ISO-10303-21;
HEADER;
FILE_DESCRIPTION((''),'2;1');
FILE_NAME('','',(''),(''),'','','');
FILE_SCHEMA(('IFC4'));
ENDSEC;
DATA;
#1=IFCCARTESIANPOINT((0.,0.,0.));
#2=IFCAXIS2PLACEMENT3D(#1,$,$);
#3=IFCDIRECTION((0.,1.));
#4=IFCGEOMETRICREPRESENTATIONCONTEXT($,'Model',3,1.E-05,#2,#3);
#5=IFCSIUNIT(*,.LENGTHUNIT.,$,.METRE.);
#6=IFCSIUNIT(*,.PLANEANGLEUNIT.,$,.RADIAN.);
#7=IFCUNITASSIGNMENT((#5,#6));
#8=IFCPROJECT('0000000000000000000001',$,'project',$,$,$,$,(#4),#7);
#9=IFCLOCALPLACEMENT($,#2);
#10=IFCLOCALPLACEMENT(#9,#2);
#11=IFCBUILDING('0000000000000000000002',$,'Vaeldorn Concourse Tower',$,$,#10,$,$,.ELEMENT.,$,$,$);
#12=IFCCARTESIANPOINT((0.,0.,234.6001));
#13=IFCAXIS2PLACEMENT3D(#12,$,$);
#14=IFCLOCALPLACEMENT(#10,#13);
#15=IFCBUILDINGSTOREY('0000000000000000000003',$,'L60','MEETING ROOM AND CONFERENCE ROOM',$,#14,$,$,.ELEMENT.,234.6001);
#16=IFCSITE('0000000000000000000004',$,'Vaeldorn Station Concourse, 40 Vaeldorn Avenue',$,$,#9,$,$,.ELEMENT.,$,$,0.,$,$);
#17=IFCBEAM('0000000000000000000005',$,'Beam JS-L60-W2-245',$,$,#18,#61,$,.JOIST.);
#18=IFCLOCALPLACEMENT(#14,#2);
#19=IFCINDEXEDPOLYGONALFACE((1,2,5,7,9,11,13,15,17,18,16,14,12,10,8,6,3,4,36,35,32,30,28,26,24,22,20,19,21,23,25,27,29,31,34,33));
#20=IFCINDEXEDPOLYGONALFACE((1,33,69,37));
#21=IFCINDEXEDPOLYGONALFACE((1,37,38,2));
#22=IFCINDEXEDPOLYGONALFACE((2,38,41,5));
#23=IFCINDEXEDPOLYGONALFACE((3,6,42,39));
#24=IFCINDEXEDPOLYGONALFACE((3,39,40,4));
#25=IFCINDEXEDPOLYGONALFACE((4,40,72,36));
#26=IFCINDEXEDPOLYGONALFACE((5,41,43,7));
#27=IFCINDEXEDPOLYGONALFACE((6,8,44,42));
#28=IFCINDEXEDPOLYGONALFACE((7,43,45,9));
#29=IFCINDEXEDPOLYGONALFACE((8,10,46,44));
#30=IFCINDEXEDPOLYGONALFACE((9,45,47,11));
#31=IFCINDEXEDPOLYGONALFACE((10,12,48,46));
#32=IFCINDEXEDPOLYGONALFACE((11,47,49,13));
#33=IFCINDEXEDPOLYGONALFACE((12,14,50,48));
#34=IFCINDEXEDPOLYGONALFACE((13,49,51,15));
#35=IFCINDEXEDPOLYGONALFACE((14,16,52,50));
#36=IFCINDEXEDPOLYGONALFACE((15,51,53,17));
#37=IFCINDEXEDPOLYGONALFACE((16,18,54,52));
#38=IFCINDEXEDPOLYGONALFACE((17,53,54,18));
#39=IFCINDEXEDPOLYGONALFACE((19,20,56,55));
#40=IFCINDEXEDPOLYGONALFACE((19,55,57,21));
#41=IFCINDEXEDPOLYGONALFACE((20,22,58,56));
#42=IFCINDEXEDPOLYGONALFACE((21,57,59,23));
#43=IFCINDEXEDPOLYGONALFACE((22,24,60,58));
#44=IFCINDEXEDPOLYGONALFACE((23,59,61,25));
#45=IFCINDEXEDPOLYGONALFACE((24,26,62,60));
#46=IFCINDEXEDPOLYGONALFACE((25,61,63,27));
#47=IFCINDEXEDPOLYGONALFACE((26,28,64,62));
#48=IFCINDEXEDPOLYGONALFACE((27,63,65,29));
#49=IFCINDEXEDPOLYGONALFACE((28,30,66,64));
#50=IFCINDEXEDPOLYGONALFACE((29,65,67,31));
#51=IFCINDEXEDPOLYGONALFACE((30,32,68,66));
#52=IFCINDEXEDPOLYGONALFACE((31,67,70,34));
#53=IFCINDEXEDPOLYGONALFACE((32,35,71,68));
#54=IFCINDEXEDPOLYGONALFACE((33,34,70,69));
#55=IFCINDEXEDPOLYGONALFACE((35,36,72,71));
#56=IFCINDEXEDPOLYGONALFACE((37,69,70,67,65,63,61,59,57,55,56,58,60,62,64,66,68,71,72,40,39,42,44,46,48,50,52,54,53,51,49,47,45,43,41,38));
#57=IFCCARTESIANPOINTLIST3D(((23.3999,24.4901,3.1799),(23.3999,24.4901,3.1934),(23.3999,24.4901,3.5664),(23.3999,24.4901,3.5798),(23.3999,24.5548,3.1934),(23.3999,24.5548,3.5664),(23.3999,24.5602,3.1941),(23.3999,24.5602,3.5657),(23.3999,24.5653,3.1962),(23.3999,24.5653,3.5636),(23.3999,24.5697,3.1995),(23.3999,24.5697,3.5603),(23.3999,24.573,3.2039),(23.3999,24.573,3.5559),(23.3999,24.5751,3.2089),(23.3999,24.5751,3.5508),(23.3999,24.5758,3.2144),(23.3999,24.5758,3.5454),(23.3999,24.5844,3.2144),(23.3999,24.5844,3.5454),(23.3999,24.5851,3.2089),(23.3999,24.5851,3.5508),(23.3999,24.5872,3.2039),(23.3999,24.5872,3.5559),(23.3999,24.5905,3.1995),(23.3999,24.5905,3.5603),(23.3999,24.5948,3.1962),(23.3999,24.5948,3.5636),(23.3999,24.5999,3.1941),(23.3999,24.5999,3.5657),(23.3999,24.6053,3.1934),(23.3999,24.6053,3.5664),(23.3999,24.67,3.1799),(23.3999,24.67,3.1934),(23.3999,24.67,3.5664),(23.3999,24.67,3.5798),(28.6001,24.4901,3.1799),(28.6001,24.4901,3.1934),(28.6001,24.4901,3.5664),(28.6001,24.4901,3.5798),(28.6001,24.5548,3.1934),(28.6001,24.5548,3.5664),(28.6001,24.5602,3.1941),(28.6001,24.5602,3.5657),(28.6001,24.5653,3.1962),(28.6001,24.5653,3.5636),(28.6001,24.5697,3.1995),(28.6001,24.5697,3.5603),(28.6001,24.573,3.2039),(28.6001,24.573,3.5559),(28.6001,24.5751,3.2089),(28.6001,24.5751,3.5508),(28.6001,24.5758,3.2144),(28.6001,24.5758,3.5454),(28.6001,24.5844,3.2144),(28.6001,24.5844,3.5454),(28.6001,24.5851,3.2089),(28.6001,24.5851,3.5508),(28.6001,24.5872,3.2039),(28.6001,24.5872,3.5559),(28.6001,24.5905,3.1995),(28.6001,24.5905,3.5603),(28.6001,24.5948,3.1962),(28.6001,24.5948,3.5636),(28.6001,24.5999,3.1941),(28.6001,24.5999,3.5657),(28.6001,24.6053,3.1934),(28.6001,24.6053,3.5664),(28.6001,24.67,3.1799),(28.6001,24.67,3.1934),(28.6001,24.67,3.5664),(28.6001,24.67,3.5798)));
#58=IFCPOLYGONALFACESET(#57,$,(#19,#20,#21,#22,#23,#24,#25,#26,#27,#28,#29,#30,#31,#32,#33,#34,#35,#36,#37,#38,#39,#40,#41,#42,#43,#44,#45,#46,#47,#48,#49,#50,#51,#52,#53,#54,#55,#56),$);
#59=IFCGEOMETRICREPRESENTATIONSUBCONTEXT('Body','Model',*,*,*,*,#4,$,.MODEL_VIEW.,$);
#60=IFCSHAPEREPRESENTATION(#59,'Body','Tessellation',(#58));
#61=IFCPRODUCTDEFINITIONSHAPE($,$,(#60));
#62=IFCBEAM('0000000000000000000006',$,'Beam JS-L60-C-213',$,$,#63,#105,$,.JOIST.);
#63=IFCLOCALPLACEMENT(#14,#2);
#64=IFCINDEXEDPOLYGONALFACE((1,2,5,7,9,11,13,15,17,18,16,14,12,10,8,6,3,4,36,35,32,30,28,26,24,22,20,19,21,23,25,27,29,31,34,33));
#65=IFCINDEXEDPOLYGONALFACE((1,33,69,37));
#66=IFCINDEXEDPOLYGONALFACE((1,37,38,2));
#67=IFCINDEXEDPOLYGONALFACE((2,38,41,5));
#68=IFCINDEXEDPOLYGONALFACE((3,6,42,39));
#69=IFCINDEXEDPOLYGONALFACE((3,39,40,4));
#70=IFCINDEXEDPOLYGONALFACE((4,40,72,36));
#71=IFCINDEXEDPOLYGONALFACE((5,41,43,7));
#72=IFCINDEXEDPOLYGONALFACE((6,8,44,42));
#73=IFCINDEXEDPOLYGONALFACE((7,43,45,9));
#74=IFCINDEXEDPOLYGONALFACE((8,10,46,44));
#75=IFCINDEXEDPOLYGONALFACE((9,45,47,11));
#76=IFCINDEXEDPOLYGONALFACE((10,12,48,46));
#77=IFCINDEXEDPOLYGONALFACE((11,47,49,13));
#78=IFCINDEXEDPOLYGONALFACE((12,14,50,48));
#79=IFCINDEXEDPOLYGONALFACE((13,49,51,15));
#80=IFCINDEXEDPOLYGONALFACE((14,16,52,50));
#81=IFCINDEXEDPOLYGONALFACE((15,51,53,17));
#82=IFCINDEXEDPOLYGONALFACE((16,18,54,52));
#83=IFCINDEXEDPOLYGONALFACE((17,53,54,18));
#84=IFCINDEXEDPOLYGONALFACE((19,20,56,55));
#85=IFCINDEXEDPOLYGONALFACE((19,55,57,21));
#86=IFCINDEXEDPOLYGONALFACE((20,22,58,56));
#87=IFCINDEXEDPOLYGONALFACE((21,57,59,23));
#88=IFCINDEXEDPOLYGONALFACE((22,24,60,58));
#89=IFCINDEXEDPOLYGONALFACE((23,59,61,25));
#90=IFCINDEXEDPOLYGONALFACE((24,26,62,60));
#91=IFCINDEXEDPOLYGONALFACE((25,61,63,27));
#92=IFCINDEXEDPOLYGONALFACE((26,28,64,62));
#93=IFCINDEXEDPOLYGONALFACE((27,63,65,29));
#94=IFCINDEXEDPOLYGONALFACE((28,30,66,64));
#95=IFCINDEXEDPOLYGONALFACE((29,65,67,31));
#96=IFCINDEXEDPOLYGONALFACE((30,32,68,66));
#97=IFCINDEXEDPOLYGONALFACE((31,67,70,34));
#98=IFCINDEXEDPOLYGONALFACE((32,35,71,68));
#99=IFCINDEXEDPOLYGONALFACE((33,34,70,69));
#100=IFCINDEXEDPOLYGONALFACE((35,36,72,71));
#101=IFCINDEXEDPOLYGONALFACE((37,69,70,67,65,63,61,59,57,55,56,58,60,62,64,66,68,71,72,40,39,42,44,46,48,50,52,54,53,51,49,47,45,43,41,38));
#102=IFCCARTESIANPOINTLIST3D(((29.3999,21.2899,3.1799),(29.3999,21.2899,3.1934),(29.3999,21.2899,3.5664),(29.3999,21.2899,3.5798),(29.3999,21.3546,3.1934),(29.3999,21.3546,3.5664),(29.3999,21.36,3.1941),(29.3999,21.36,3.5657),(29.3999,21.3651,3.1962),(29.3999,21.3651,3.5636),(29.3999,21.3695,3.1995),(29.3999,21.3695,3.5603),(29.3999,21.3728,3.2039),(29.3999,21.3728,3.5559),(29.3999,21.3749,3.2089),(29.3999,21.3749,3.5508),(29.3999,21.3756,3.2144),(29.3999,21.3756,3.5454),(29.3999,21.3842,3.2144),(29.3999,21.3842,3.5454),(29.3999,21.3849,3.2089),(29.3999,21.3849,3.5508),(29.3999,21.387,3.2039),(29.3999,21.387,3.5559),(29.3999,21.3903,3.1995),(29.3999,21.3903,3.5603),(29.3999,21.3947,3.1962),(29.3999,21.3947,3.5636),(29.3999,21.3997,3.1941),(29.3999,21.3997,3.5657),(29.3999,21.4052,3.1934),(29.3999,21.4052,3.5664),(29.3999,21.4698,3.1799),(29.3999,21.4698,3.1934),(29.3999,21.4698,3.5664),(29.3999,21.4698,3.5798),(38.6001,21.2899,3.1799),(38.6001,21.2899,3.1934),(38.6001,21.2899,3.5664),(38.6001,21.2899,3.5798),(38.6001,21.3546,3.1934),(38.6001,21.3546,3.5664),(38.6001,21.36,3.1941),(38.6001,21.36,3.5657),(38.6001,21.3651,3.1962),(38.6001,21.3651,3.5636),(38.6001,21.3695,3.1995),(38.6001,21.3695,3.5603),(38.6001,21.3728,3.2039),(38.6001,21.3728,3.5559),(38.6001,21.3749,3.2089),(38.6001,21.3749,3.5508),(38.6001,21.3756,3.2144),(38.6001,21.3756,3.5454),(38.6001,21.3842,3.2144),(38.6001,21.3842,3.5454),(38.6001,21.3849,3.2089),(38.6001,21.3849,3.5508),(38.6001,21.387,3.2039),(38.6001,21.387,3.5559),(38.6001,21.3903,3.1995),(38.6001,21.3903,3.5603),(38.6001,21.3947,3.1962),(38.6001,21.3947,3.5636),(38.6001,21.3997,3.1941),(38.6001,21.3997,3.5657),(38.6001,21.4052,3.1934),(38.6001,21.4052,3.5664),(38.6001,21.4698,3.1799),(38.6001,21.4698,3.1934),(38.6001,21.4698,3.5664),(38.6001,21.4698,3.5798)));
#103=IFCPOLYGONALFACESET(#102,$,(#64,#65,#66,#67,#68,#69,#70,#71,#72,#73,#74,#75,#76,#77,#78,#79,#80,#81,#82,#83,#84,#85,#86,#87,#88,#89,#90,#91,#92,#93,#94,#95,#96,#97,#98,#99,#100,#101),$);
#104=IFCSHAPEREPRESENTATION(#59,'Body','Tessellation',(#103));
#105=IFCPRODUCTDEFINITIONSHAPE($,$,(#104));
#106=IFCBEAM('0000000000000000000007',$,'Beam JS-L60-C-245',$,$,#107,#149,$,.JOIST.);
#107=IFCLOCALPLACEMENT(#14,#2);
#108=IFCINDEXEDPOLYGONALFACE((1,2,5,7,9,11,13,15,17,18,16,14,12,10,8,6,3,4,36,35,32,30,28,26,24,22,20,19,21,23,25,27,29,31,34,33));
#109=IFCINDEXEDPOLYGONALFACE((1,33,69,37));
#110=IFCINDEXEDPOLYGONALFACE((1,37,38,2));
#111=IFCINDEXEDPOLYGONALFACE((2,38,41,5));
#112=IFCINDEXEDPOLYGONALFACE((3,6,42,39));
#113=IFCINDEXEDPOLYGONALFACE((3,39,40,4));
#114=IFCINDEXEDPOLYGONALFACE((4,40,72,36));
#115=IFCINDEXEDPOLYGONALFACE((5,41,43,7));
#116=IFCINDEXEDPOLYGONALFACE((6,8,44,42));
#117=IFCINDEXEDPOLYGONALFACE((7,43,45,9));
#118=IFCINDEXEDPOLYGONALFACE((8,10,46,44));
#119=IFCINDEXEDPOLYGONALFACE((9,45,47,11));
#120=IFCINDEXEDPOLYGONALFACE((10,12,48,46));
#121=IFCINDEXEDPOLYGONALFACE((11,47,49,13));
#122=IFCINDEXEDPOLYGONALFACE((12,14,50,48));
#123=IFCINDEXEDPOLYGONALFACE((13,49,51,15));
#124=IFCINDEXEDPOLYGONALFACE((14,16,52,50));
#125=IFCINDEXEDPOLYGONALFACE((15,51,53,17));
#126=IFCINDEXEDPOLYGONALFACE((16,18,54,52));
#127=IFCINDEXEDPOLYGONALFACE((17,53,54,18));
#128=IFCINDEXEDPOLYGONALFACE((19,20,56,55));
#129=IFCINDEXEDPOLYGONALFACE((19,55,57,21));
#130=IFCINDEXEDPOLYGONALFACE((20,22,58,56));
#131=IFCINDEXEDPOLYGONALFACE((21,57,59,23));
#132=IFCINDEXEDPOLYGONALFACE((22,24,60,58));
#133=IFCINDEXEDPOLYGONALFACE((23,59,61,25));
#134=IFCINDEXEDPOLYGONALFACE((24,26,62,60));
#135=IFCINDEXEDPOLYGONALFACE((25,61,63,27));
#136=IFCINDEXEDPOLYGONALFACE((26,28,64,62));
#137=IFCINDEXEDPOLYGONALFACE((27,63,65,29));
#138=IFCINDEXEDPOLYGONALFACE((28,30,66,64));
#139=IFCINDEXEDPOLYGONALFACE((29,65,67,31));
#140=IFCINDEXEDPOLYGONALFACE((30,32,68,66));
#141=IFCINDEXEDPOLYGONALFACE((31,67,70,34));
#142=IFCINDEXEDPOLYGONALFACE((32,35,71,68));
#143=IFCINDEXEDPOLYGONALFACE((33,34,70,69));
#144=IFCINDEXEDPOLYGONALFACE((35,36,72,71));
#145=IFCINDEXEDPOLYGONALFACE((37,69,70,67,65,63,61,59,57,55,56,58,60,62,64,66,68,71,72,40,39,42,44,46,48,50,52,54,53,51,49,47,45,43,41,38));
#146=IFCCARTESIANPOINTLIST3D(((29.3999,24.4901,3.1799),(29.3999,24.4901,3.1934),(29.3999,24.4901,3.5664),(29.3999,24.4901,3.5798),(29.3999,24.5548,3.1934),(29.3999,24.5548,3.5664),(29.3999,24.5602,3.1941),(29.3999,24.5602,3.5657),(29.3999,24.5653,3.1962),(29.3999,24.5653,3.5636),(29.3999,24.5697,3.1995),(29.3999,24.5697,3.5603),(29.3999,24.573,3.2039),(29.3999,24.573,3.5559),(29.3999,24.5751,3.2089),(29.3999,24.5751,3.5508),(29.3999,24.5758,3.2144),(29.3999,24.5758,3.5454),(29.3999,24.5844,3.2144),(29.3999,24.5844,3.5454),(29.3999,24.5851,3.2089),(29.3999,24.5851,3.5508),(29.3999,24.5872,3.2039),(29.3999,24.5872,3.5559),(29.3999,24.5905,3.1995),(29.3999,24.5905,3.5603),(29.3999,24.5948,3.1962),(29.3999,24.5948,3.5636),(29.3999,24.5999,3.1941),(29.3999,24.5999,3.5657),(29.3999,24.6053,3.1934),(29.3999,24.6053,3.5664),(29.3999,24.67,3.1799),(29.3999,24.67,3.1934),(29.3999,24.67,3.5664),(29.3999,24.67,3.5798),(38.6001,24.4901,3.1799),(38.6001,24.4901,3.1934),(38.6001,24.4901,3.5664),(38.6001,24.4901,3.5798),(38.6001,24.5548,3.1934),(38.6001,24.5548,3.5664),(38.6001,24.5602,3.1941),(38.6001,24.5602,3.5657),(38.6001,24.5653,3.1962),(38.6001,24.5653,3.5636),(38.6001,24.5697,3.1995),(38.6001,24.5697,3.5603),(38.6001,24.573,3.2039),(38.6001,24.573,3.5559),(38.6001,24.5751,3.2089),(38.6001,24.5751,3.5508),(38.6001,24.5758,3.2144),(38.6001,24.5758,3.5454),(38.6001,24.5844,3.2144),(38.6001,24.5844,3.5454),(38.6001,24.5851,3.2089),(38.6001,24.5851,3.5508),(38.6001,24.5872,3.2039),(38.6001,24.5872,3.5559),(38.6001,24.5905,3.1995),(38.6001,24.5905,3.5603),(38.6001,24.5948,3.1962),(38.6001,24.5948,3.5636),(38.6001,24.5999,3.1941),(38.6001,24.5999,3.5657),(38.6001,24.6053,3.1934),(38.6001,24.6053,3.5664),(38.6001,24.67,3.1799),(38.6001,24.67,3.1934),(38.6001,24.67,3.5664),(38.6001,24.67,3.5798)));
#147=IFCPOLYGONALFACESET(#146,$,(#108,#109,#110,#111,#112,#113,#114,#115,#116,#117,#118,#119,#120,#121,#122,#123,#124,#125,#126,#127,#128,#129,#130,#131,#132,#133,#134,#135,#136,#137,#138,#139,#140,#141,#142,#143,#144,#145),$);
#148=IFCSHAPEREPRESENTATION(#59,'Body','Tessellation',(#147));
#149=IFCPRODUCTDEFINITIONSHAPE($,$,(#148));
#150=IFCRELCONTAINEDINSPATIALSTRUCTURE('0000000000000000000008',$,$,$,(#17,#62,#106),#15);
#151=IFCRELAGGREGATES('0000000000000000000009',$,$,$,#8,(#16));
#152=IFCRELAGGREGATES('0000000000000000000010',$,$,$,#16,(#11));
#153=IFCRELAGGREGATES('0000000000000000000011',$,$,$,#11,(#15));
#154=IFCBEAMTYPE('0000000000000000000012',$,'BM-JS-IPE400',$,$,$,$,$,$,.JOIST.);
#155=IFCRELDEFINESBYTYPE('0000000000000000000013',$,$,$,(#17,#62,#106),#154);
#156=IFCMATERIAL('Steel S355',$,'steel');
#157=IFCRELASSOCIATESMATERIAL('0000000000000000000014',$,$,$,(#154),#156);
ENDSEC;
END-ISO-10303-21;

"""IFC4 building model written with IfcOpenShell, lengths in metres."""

from ifc_helpers import new_model, si_unit, direction, frame, origin, origin_2d, place, context, subcontext, project, spatial, i_section, extrude, source, transform, mapped, material, material_profile, profile_set, type_object, element, save


model = new_model("IFC4")

# Units and contexts
model_context = context("Model", 3, precision=1e-05, world=origin(), true_north=direction((0.0, 1.0)))
body_context = subcontext(model_context, "Body", "Model", "MODEL_VIEW")
ifc_project = project(units=[si_unit("LENGTHUNIT", "METRE"), si_unit("PLANEANGLEUNIT", "RADIAN")], contexts=[model_context])

# Site, building, storey
site_placement = place(None, origin())
site = spatial("IfcSite", under=ifc_project, at=site_placement, Name="Vaeldorn Station Concourse, 40 Vaeldorn Avenue", CompositionType="ELEMENT", RefElevation=0.0)
building_placement = place(site_placement, origin())
building = spatial("IfcBuilding", under=site, at=building_placement, Name="Vaeldorn Concourse Tower", CompositionType="ELEMENT")
storey_placement = place(building_placement, frame((0.0, 0.0, 234.6001)))
storey = spatial("IfcBuildingStorey", under=building, at=storey_placement, Name="L60", Description="MEETING ROOM AND CONFERENCE ROOM", CompositionType="ELEMENT", Elevation=234.6001)

# Shared definitions
ifc_material_1 = material(Name="Steel S355", Category="steel")

# Beams
ifc_material_profile_1 = material_profile(ifc_material_1, i_section(OverallWidth=0.1799, OverallDepth=0.3999, WebThickness=0.0085, FlangeThickness=0.0134, FilletRadius=0.021, at=origin_2d()), Name="IPE 400")
ifc_profile_set_1 = profile_set([ifc_material_profile_1], Name="Steel S355")
beam_type_1 = type_object("IfcBeamType", Name="BM-JS-IPE400", PredefinedType="JOIST", material=ifc_profile_set_1)
shared_shape_1 = source(origin(), body_context, "Body", "SweptSolid", [
    extrude(i_section(OverallWidth=0.1799, OverallDepth=0.3999, WebThickness=0.0085, FlangeThickness=0.0134, FilletRadius=0.021, at=origin_2d()), origin(), (0.0, 0.0, 1.0), 5.2002),
])
for number, where, z_axis, x_axis, name in (
    (1, (23.3999, 24.5801, 3.3799), (1.0, 0.0, 0.0), (0.0, 1.0, 0.0), "Beam JS-L60-W2-245"),
):
    element("IfcBeam", number, at=place(storey_placement, frame(where, z_axis=z_axis, x_axis=x_axis)), inside=storey, type_object=beam_type_1, Name=name, PredefinedType="JOIST", context=body_context, shape_type="MappedRepresentation", body=[
        mapped(shared_shape_1, transform((0.0, 0.0, 0.0), scale=1.0)),
    ])
shared_shape_2 = source(origin(), body_context, "Body", "SweptSolid", [
    extrude(i_section(OverallWidth=0.1799, OverallDepth=0.3999, WebThickness=0.0085, FlangeThickness=0.0134, FilletRadius=0.021, at=origin_2d()), origin(), (0.0, 0.0, 1.0), 9.2002),
])
for number, where, z_axis, x_axis, name in (
    (2, (29.3999, 21.3799, 3.3799), (1.0, 0.0, 0.0), (0.0, 1.0, 0.0), "Beam JS-L60-C-213"),
    (3, (29.3999, 24.5801, 3.3799), (1.0, 0.0, 0.0), (0.0, 1.0, 0.0), "Beam JS-L60-C-245"),
):
    element("IfcBeam", number, at=place(storey_placement, frame(where, z_axis=z_axis, x_axis=x_axis)), inside=storey, type_object=beam_type_1, Name=name, PredefinedType="JOIST", context=body_context, shape_type="MappedRepresentation", body=[
        mapped(shared_shape_2, transform((0.0, 0.0, 0.0), scale=1.0)),
    ])

save(model, "model.ifc")
